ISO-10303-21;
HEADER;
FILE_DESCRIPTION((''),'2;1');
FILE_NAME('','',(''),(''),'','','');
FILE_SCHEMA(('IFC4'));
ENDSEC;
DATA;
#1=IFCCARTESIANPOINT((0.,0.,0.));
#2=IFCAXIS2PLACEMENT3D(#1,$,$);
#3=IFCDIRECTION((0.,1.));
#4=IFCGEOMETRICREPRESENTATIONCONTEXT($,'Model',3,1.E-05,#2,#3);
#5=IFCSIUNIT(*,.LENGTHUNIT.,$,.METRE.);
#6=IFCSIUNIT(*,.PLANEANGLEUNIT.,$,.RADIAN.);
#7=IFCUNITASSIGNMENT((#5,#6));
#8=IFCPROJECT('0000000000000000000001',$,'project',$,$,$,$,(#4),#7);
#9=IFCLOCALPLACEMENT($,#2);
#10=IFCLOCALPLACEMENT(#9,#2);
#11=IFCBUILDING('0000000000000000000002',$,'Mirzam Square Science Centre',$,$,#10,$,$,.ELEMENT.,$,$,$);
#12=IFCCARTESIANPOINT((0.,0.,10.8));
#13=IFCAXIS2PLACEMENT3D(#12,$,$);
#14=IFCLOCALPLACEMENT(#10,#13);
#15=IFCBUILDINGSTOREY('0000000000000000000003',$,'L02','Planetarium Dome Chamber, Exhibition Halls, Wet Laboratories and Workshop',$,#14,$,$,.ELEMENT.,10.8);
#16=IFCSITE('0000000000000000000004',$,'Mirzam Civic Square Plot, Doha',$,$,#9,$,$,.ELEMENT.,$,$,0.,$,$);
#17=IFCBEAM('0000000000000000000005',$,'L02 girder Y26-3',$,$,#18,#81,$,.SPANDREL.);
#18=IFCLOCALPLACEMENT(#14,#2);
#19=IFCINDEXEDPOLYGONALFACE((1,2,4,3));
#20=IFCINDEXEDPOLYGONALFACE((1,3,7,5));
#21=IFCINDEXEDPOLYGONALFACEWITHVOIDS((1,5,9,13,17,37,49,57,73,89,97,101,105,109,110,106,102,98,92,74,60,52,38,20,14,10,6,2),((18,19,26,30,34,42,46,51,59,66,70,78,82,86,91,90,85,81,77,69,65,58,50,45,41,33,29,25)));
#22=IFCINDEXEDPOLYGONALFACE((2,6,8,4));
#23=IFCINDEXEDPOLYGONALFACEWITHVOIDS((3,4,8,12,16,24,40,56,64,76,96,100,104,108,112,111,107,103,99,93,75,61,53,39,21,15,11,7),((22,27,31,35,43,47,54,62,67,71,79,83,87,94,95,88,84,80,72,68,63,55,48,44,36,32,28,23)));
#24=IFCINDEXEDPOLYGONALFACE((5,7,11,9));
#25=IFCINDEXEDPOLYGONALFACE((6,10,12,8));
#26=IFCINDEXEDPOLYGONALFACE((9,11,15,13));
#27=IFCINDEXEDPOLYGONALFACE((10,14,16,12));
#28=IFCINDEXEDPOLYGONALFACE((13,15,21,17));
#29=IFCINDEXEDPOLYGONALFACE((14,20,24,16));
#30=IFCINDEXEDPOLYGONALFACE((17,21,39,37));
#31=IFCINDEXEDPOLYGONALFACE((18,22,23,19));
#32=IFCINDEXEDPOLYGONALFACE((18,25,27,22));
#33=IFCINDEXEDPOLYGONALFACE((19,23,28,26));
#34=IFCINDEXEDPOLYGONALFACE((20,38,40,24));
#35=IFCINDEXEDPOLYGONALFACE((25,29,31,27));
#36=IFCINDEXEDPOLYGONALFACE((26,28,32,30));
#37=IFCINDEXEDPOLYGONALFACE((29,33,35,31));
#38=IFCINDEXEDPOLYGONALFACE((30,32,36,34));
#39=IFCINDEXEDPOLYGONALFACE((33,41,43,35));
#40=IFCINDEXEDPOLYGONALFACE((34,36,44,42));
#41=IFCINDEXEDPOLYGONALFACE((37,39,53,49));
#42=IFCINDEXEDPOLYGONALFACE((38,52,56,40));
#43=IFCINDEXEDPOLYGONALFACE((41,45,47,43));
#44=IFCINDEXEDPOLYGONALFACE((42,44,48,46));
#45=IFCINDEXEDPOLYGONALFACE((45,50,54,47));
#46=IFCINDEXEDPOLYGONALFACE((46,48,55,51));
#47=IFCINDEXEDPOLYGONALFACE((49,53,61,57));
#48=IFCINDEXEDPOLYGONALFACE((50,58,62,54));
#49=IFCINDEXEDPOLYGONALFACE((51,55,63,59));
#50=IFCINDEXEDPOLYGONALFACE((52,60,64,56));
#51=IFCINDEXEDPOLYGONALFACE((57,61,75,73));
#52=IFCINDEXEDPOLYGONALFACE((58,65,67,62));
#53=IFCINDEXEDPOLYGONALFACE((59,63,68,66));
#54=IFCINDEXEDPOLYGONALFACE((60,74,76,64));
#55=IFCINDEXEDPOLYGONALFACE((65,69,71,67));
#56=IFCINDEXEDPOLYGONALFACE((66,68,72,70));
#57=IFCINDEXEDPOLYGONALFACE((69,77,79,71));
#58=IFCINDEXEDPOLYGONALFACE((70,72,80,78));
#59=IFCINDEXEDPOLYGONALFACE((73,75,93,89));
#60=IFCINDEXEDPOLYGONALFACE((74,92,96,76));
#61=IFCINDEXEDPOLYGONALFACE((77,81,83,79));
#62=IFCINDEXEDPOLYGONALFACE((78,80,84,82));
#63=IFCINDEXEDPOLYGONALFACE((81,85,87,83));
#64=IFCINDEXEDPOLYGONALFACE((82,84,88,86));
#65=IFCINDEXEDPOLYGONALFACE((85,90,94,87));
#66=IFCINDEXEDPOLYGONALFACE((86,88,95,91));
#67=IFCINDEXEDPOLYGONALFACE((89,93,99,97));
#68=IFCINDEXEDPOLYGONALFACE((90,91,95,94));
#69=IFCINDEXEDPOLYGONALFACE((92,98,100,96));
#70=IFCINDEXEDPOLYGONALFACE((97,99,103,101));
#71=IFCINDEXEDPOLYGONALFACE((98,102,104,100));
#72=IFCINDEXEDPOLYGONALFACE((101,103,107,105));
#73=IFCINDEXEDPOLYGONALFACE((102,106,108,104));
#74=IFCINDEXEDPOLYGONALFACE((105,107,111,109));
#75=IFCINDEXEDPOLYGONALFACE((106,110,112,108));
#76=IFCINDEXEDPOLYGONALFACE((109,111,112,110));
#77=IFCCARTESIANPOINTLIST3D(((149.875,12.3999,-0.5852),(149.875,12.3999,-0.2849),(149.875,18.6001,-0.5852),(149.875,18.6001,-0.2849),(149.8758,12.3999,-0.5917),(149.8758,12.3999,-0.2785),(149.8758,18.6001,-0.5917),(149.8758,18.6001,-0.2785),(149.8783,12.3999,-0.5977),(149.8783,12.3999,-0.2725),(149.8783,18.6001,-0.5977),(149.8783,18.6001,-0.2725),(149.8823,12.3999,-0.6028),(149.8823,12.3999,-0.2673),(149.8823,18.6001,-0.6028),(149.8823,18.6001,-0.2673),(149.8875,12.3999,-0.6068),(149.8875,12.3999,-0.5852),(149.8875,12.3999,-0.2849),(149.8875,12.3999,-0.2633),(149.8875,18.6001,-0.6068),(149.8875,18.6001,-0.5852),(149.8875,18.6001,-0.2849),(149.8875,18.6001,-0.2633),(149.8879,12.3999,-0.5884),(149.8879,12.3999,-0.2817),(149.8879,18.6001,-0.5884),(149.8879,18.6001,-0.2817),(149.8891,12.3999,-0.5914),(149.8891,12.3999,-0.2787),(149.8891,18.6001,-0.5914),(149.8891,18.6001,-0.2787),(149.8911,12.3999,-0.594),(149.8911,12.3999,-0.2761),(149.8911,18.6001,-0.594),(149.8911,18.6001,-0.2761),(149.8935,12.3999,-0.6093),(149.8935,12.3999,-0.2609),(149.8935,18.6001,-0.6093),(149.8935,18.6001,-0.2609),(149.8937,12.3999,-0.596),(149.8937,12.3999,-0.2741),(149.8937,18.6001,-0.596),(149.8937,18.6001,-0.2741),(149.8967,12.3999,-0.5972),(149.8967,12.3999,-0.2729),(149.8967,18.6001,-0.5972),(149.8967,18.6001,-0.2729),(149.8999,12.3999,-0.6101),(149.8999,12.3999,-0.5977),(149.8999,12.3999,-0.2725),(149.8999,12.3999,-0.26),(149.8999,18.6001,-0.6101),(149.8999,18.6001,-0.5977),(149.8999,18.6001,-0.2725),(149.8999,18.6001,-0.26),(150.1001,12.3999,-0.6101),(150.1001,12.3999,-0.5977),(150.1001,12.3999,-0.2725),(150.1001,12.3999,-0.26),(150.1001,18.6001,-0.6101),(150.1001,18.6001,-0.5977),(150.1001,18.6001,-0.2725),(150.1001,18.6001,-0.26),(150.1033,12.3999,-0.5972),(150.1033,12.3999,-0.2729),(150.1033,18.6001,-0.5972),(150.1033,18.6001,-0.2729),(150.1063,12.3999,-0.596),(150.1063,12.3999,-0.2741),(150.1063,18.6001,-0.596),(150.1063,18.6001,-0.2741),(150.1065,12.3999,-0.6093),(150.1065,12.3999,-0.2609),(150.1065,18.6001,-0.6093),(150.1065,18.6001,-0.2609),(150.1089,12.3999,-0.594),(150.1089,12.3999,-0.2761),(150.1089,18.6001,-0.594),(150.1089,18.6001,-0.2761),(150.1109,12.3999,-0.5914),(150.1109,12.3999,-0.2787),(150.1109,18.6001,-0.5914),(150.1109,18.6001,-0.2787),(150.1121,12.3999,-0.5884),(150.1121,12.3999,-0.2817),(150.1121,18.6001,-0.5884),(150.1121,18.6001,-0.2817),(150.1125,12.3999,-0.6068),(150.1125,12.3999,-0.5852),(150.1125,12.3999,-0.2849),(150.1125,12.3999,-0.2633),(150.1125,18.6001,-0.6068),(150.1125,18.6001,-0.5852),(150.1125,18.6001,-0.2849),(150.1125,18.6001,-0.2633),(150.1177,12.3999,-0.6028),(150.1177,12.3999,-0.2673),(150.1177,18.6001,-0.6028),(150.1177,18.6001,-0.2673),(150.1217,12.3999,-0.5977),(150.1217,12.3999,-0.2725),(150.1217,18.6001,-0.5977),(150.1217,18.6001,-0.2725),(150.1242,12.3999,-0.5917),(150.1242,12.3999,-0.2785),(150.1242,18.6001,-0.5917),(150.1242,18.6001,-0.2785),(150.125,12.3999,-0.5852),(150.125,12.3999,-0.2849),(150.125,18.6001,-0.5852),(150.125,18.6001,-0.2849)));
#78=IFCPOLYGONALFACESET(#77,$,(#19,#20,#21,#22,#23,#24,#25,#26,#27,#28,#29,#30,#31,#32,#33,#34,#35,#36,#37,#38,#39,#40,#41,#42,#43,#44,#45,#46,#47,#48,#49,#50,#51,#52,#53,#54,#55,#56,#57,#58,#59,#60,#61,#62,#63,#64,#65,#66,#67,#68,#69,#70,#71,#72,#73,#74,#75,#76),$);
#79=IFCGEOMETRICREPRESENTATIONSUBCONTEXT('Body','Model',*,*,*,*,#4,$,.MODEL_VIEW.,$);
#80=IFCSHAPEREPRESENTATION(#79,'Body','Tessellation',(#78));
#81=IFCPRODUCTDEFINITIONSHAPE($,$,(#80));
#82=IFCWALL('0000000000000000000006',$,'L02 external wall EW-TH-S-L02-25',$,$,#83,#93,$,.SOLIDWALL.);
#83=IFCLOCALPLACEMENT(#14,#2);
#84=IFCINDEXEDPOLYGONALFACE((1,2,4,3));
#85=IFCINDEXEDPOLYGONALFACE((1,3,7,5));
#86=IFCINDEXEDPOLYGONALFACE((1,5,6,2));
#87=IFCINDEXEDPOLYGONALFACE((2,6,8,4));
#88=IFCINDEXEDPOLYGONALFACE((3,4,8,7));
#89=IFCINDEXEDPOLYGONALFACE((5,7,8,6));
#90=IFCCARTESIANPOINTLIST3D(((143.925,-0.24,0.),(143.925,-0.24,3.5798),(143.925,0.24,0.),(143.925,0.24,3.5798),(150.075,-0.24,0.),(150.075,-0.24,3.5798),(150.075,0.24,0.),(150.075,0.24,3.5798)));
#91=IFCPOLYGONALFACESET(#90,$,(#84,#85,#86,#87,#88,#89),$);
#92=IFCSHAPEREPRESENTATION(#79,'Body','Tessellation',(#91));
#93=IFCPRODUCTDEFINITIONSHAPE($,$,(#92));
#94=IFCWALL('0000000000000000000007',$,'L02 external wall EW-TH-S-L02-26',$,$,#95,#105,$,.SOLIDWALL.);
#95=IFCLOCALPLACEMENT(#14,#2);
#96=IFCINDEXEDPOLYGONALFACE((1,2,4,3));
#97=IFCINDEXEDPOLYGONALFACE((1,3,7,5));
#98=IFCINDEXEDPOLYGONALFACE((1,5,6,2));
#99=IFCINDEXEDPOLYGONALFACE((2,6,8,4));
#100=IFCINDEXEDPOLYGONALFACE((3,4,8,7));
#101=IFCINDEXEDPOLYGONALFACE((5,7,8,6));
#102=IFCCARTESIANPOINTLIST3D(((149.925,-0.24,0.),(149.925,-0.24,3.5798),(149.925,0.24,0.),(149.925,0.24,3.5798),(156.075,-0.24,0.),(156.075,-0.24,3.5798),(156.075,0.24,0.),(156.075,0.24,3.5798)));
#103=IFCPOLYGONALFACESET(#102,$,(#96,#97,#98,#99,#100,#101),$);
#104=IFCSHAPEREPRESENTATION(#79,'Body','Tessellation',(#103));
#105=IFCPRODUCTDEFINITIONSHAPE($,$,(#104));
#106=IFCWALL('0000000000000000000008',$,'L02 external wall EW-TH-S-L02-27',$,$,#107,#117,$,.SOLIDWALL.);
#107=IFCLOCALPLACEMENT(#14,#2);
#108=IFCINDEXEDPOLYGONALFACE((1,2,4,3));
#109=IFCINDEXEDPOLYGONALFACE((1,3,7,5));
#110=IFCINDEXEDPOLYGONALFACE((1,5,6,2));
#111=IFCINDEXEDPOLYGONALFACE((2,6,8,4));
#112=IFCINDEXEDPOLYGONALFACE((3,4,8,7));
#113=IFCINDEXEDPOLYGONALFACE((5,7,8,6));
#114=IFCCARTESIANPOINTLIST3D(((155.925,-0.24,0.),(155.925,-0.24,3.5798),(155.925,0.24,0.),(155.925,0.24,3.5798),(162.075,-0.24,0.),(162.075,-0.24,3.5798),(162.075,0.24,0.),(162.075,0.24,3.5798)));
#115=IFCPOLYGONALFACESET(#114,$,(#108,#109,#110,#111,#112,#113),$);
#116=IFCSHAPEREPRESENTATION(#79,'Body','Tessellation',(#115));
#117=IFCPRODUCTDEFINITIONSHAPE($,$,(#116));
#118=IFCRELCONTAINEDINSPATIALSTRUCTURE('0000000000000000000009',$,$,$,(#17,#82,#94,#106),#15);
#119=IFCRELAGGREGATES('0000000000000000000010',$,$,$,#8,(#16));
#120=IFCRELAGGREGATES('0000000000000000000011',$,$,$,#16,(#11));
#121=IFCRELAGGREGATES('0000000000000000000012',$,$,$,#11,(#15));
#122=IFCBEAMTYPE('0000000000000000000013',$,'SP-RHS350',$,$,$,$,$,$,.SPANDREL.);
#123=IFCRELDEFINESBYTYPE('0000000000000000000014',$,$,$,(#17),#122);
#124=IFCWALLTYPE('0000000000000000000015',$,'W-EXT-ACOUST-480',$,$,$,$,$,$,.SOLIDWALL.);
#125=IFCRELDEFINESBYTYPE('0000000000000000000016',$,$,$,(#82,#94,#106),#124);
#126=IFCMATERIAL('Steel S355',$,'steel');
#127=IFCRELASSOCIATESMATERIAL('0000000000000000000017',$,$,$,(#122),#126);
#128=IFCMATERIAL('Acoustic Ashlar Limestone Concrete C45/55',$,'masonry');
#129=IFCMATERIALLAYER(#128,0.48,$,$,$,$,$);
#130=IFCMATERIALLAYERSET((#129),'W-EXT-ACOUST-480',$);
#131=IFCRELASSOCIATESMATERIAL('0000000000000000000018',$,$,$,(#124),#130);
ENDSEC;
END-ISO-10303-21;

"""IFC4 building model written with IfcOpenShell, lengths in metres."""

from ifc_helpers import new_model, si_unit, direction, frame, frame_2d, origin, origin_2d, place, context, subcontext, project, spatial, rectangle, hollow_rectangle, extrude, material, layer, layer_set, material_profile, profile_set, type_object, element, save


model = new_model("IFC4")

# Units and contexts
model_context = context("Model", 3, precision=1e-05, world=origin(), true_north=direction((0.0, 1.0)))
body_context = subcontext(model_context, "Body", "Model", "MODEL_VIEW")
ifc_project = project(units=[si_unit("LENGTHUNIT", "METRE"), si_unit("PLANEANGLEUNIT", "RADIAN")], contexts=[model_context])

# Site, building, storey
site_placement = place(None, origin())
site = spatial("IfcSite", under=ifc_project, at=site_placement, Name="Mirzam Civic Square Plot, Doha", CompositionType="ELEMENT", RefElevation=0.0)
building_placement = place(site_placement, origin())
building = spatial("IfcBuilding", under=site, at=building_placement, Name="Mirzam Square Science Centre", CompositionType="ELEMENT")
storey_placement = place(building_placement, frame((0.0, 0.0, 10.8)))
storey = spatial("IfcBuildingStorey", under=building, at=storey_placement, Name="L02", Description="Planetarium Dome Chamber, Exhibition Halls, Wet Laboratories and Workshop", CompositionType="ELEMENT", Elevation=10.8)

# Shared definitions
ifc_material_1 = material(Name="Steel S355", Category="steel")

# Beam
ifc_material_profile_1 = material_profile(ifc_material_1, hollow_rectangle(XDim=0.25, YDim=0.3501, WallThickness=0.0125, InnerFilletRadius=0.0125, OuterFilletRadius=0.0249, at=origin_2d()), Name="350x250x12.5RHS")
ifc_profile_set_1 = profile_set([ifc_material_profile_1], Name="Steel S355")
beam_type_1 = type_object("IfcBeamType", Name="SP-RHS350", PredefinedType="SPANDREL", material=ifc_profile_set_1)
beam_1_placement = place(storey_placement, frame((150.0, 12.3999, -0.4351), z_axis=(0.0, 1.0, 0.0), x_axis=(-1.0, 0.0, 0.0)))
element("IfcBeam", 1, at=beam_1_placement, inside=storey, type_object=beam_type_1, Name="L02 girder Y26-3", PredefinedType="SPANDREL", context=body_context, shape_type="SweptSolid", body=[
    extrude(hollow_rectangle(XDim=0.25, YDim=0.3501, WallThickness=0.0125, InnerFilletRadius=0.0125, OuterFilletRadius=0.0249, at=origin_2d()), origin(), (0.0, 0.0, 1.0), 6.2002),
])

# Walls
ifc_material_2 = material(Name="Acoustic Ashlar Limestone Concrete C45/55", Category="masonry")
ifc_layer = layer(ifc_material_2, 0.48)
ifc_layer_set = layer_set([ifc_layer], Name="W-EXT-ACOUST-480")
wall_type = type_object("IfcWallType", Name="W-EXT-ACOUST-480", PredefinedType="SOLIDWALL", material=ifc_layer_set)
for number, where, z_axis, x_axis, name in (
    (2, (143.925, 0.0, 0.0), (0.0, 0.0, 1.0), (1.0, 0.0, 0.0), "L02 external wall EW-TH-S-L02-25"),
    (3, (149.925, 0.0, 0.0), (0.0, 0.0, 1.0), (1.0, 0.0, 0.0), "L02 external wall EW-TH-S-L02-26"),
    (4, (155.925, 0.0, 0.0), (0.0, 0.0, 1.0), (1.0, 0.0, 0.0), "L02 external wall EW-TH-S-L02-27"),
):
    element("IfcWall", number, at=place(storey_placement, frame(where, z_axis=z_axis, x_axis=x_axis)), inside=storey, type_object=wall_type, Name=name, PredefinedType="SOLIDWALL", context=body_context, shape_type="SweptSolid", body=[
        extrude(rectangle(XDim=6.1499, YDim=0.48, at=frame_2d((3.075, 0.0))), origin(), (0.0, 0.0, 1.0), 3.5798),
    ])

save(model, "model.ifc")
